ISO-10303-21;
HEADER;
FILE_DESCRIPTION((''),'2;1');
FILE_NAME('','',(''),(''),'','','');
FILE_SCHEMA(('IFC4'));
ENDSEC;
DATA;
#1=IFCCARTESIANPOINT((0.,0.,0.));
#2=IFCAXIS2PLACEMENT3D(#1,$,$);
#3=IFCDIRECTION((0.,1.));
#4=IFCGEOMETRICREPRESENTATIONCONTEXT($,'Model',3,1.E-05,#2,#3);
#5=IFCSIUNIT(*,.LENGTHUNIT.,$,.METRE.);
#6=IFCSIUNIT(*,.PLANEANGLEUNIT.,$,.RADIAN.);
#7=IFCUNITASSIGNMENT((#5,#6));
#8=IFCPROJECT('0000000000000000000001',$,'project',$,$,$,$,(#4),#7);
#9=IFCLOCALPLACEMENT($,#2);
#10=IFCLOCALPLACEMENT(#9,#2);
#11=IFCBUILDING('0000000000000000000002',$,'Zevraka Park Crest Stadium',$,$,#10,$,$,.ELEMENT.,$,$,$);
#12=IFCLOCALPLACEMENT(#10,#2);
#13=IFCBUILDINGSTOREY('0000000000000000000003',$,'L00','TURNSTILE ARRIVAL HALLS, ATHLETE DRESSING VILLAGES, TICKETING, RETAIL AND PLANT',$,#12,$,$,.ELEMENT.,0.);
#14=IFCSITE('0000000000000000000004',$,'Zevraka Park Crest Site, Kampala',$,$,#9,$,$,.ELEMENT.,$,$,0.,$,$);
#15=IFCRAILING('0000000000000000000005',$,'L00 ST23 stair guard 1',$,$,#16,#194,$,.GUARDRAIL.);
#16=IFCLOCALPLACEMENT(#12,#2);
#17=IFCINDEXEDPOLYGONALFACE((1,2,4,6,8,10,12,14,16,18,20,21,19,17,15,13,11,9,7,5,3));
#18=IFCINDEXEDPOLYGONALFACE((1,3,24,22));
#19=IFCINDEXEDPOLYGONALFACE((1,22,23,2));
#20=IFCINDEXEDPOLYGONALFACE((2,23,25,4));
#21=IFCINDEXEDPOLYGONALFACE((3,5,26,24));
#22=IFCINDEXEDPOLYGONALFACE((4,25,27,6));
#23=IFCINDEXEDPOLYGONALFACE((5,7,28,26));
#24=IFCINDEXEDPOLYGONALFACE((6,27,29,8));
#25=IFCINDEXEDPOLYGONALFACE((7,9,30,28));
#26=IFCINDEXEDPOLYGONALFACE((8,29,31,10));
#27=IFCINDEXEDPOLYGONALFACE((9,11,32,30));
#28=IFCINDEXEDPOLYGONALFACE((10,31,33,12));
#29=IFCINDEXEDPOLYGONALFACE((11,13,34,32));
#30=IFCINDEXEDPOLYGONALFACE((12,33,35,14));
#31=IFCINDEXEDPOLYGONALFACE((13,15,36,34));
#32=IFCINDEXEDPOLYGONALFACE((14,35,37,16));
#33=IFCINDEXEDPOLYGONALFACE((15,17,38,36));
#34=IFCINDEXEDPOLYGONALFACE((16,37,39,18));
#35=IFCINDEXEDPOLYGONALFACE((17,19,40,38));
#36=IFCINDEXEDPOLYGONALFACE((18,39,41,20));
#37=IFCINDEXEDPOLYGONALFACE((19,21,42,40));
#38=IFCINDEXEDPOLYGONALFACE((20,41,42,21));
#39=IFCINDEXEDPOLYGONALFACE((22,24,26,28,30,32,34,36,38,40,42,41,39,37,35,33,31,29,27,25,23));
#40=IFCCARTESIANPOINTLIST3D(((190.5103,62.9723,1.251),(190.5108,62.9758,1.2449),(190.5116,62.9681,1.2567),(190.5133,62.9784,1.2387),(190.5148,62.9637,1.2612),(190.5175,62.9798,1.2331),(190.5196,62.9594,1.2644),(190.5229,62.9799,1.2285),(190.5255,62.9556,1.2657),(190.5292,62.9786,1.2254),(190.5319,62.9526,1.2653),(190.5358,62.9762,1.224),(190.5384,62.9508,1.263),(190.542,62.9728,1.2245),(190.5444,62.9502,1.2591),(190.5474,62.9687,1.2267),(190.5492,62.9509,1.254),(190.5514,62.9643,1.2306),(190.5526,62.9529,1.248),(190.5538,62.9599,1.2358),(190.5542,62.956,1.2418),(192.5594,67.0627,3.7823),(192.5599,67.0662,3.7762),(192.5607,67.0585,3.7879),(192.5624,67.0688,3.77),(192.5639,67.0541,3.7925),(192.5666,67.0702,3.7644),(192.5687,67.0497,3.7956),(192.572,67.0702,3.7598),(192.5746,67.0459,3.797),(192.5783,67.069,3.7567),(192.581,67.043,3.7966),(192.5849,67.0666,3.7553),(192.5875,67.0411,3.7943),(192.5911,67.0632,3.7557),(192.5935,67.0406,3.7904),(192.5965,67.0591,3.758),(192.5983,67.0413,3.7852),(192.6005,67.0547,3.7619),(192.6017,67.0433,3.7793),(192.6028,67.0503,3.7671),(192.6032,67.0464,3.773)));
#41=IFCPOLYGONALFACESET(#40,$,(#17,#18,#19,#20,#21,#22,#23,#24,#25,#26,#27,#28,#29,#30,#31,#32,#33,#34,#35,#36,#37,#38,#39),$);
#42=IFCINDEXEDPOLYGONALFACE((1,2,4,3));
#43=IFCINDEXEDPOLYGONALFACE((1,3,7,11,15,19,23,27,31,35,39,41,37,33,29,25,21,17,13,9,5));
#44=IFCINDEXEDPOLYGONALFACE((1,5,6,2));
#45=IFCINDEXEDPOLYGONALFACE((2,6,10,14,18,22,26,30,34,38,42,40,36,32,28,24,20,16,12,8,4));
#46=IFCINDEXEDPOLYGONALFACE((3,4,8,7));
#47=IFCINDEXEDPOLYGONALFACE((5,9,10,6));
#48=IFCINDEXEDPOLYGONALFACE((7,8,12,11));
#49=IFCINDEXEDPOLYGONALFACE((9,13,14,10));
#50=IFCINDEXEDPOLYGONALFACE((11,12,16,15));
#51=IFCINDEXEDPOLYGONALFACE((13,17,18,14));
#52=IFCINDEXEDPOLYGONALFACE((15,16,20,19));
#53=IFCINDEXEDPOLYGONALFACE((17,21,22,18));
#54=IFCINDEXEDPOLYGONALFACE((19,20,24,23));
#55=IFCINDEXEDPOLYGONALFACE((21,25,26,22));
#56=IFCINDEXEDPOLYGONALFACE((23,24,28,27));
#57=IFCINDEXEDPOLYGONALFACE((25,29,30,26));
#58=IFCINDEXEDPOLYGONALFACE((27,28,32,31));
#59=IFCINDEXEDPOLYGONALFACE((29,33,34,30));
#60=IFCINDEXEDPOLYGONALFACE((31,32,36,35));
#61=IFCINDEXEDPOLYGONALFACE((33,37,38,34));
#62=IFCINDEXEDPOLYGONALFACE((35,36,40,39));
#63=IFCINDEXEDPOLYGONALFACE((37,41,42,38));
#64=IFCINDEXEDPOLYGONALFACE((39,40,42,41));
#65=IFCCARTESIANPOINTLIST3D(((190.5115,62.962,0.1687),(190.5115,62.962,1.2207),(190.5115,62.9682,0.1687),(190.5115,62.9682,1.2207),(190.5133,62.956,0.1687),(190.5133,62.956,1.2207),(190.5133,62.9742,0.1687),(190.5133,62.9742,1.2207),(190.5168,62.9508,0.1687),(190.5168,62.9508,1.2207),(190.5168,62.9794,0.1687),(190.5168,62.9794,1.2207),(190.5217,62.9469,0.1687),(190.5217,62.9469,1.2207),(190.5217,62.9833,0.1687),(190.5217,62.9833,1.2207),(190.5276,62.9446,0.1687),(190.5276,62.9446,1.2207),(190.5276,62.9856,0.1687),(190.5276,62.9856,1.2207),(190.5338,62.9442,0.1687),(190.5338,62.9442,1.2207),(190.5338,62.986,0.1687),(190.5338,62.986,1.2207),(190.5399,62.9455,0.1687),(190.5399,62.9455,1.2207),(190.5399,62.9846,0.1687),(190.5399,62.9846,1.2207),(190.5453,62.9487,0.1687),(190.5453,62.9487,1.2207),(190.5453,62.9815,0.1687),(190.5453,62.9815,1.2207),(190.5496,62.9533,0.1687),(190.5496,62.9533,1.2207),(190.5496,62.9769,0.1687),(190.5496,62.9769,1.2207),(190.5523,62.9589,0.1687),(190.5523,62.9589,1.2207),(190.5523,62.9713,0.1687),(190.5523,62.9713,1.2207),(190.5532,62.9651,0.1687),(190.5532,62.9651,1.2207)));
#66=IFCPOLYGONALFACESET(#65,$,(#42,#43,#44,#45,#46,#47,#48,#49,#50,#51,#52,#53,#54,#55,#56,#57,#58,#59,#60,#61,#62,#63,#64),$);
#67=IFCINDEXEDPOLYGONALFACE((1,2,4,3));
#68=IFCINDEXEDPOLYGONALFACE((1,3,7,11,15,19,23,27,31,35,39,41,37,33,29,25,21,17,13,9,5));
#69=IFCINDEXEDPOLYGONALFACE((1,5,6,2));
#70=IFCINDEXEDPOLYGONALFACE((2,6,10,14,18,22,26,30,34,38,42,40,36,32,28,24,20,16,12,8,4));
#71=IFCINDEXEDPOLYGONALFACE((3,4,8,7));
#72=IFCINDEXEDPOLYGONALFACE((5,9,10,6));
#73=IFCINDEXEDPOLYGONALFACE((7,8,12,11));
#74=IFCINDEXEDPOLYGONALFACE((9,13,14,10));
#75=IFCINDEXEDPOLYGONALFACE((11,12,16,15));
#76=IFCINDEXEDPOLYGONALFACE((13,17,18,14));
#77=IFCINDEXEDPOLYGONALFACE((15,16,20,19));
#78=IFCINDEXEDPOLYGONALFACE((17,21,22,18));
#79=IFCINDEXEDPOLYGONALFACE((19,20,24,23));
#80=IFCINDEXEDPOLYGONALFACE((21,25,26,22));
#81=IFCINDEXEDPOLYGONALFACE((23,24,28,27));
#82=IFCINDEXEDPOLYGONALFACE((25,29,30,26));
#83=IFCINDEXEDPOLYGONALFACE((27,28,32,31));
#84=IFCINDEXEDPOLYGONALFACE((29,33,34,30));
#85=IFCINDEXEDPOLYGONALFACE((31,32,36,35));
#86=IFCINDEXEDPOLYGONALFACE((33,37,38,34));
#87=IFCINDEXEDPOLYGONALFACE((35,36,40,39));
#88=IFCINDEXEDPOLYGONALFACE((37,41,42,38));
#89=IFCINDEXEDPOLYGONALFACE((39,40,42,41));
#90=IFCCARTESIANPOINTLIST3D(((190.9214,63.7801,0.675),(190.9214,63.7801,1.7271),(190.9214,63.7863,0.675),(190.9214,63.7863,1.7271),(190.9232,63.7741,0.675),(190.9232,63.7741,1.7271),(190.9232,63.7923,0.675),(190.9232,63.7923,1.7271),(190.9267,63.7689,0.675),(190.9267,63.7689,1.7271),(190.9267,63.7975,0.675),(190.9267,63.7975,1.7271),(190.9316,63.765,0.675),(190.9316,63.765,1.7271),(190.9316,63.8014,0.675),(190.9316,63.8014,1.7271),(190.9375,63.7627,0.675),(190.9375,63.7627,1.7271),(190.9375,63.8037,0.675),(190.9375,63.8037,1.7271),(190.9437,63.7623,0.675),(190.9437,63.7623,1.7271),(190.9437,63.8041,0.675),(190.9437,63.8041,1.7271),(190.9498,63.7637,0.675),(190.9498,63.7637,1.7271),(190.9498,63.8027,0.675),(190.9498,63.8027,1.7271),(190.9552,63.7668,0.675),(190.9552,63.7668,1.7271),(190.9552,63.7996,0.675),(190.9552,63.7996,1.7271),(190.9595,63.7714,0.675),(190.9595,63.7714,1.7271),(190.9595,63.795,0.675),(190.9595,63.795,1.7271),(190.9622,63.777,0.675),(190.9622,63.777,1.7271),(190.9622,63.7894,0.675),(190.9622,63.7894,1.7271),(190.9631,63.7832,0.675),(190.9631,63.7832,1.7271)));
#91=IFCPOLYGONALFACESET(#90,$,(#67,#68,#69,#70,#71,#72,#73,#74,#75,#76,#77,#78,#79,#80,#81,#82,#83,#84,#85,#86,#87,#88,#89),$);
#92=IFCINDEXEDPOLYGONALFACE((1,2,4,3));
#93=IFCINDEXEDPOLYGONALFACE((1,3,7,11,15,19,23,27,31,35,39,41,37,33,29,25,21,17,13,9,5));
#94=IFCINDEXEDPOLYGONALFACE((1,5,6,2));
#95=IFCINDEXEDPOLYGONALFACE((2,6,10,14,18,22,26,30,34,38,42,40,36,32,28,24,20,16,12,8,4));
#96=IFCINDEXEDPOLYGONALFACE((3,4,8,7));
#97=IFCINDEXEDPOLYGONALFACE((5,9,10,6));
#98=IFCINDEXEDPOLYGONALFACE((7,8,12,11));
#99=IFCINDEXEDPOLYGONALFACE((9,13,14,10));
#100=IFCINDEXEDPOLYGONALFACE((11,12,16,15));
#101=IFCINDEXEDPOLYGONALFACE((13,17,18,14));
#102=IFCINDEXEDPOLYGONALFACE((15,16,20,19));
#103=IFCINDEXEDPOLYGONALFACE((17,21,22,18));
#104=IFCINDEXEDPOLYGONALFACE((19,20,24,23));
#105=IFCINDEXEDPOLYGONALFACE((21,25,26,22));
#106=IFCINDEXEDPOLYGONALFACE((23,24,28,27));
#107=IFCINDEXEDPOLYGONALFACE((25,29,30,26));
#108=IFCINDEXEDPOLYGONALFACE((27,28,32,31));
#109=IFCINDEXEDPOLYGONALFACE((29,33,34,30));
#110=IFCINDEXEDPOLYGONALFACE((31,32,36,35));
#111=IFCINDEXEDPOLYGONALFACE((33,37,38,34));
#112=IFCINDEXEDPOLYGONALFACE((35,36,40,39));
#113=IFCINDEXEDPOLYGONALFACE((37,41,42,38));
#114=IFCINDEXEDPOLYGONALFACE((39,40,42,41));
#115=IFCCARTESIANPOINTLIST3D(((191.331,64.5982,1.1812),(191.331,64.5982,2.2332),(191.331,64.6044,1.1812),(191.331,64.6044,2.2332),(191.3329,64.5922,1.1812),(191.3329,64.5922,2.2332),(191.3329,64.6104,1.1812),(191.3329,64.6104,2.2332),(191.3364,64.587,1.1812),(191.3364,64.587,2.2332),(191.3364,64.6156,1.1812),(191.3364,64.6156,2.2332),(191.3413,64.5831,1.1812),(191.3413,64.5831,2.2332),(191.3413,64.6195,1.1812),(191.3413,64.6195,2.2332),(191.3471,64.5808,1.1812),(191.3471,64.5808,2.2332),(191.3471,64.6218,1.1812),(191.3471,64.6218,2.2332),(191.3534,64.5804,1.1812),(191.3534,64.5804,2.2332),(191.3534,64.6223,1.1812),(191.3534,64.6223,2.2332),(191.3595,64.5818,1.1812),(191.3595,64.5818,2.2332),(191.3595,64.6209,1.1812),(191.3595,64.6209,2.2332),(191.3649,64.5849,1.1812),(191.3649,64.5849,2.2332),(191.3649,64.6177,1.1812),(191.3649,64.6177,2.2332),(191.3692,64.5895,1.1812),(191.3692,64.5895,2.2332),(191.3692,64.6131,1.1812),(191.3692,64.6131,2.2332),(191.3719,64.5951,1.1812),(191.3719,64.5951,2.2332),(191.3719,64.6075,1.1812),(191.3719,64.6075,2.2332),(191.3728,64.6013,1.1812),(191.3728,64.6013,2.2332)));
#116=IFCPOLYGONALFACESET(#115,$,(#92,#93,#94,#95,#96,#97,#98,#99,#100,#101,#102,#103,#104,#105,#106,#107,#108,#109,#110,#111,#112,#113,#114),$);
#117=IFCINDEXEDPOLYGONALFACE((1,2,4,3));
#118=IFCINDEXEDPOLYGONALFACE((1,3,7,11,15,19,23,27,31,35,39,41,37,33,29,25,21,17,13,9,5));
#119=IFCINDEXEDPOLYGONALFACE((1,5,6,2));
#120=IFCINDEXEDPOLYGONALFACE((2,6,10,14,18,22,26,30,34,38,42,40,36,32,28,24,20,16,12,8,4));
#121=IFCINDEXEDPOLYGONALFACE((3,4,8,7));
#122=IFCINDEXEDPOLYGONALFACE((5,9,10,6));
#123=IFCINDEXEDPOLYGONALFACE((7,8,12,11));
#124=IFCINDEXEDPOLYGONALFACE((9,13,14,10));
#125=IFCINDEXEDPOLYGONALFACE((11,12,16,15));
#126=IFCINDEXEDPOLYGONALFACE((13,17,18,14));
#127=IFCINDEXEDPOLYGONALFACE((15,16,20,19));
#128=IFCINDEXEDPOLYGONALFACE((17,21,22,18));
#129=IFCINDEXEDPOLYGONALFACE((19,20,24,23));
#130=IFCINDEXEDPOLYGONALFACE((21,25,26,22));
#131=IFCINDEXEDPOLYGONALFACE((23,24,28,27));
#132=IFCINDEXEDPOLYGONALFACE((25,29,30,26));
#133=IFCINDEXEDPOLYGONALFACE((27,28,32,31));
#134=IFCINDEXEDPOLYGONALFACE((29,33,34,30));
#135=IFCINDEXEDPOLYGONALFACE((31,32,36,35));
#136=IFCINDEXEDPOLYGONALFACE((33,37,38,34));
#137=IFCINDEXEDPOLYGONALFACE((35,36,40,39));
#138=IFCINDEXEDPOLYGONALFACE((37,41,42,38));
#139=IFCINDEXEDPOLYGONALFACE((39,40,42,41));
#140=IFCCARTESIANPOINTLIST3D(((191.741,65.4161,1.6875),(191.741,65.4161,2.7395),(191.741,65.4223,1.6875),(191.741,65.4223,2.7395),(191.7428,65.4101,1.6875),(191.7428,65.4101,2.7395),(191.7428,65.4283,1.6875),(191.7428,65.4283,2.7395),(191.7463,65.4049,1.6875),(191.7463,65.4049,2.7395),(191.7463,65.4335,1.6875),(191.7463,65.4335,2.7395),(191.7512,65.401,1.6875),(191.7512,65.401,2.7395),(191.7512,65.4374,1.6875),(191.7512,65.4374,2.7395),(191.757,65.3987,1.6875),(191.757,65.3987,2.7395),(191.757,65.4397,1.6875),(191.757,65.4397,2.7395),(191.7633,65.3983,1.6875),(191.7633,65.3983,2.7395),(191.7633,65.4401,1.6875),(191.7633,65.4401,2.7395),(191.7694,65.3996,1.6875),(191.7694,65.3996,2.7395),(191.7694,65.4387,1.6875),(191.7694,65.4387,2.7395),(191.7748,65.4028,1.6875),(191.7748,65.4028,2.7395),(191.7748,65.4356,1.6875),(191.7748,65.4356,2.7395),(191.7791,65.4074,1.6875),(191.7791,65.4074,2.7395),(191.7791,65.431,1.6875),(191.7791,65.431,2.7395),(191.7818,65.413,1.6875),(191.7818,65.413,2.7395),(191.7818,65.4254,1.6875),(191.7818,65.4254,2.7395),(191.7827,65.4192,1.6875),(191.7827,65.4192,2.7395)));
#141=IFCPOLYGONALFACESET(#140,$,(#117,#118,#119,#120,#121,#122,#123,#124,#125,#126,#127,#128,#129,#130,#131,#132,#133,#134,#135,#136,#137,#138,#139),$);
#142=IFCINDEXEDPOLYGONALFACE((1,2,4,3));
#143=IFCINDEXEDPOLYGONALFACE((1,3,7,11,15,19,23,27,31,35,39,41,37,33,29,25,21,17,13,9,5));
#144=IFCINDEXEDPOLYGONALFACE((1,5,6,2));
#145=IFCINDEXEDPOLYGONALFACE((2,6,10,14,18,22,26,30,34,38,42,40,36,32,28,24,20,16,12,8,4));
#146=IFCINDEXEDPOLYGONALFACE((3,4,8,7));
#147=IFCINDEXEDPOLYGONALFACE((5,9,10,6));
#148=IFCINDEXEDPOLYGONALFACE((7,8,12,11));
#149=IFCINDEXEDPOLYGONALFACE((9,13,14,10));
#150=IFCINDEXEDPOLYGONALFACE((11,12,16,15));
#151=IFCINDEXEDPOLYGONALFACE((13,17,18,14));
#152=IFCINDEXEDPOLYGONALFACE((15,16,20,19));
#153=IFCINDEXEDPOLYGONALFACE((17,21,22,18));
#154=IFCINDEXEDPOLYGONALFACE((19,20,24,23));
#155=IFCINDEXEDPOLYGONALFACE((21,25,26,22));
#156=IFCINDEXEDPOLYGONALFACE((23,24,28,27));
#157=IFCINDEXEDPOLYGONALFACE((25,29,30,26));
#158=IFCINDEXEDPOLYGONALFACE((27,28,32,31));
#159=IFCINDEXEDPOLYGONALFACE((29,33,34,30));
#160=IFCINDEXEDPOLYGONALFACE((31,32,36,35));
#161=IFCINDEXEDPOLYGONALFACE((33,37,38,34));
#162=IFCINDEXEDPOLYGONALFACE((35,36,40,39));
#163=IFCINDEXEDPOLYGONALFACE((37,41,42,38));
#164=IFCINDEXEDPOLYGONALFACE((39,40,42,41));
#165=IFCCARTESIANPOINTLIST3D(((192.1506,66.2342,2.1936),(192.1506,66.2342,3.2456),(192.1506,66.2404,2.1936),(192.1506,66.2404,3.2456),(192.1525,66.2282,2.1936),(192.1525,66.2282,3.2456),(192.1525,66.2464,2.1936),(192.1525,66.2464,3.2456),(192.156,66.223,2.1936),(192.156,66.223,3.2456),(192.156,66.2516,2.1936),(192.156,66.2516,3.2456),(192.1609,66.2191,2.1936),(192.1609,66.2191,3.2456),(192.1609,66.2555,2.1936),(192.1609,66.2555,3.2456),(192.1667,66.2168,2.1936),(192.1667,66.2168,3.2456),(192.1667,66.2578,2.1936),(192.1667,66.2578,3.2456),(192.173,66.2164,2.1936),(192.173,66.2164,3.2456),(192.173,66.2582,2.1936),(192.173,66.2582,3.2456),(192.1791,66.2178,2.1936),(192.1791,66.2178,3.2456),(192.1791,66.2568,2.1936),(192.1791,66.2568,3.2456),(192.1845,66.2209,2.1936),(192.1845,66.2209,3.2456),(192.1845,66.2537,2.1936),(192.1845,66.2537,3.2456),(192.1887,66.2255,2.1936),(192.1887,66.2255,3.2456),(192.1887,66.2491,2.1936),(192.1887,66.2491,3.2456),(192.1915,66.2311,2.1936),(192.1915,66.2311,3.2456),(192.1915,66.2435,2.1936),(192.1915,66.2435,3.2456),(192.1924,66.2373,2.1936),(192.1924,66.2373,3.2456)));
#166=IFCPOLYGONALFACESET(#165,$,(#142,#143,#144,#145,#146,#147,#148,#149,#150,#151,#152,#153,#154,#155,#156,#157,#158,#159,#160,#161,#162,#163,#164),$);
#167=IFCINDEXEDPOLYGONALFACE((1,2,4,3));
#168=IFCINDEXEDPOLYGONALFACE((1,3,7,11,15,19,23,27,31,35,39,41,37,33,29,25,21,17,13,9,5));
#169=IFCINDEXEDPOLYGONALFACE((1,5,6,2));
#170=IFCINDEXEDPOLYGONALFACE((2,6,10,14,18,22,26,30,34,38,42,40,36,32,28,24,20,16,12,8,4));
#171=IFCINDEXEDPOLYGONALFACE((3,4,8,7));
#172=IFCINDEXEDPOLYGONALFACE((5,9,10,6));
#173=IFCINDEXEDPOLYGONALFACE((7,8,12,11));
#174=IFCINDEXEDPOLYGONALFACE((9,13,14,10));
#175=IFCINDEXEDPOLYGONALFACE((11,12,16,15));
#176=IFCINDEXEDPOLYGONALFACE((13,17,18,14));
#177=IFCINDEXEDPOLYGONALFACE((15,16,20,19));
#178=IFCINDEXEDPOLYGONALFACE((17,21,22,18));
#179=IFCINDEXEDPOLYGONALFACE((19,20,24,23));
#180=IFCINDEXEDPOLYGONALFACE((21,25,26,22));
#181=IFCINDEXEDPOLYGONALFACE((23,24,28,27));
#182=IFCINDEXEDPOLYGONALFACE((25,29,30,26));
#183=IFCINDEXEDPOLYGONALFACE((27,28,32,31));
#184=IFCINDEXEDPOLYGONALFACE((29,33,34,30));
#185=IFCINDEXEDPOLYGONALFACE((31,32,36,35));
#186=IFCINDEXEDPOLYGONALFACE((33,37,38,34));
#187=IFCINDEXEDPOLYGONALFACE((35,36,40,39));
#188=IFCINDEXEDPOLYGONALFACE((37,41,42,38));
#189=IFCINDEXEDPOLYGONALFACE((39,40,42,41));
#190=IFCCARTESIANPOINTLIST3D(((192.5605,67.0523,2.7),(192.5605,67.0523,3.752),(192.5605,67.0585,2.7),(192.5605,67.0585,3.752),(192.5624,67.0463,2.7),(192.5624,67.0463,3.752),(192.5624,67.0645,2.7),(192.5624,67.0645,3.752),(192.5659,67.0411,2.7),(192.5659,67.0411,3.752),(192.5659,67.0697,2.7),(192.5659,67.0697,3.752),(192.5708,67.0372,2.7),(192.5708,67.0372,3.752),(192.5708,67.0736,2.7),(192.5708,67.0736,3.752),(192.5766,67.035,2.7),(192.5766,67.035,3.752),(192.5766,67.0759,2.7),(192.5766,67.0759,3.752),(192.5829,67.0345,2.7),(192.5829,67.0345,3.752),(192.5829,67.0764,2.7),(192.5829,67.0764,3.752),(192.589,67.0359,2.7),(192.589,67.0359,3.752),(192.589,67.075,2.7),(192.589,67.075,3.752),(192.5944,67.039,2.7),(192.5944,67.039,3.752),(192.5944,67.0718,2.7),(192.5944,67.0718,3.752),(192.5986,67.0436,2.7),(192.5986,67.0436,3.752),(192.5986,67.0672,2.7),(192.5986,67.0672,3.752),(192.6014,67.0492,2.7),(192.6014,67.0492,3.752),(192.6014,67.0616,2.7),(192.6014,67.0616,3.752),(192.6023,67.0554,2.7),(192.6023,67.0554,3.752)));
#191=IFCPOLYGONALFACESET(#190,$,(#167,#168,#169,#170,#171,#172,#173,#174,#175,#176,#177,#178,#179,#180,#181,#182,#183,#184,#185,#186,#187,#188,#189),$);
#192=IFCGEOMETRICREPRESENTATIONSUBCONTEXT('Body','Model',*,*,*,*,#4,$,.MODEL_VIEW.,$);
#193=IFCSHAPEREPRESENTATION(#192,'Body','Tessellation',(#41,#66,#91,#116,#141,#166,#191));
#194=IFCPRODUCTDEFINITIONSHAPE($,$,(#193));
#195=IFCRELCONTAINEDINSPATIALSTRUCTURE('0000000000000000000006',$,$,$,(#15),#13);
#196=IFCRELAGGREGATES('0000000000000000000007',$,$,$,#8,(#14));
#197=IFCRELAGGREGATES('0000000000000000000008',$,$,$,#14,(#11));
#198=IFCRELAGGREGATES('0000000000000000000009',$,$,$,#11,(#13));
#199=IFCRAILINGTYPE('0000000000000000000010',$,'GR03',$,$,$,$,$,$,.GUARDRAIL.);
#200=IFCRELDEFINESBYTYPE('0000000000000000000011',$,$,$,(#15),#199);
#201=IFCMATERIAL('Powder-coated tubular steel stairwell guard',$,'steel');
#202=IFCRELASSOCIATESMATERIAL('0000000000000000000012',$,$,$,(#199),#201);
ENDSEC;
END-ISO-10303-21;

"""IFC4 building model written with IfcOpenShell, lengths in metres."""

from ifc_helpers import new_model, si_unit, direction, frame, origin, origin_2d, place, context, subcontext, project, spatial, circle, extrude, material, type_object, element, save


model = new_model("IFC4")

# Units and contexts
model_context = context("Model", 3, precision=1e-05, world=origin(), true_north=direction((0.0, 1.0)))
body_context = subcontext(model_context, "Body", "Model", "MODEL_VIEW")
ifc_project = project(units=[si_unit("LENGTHUNIT", "METRE"), si_unit("PLANEANGLEUNIT", "RADIAN")], contexts=[model_context])

# Site, building, storey
site_placement = place(None, origin())
site = spatial("IfcSite", under=ifc_project, at=site_placement, Name="Zevraka Park Crest Site, Kampala", CompositionType="ELEMENT", RefElevation=0.0)
building_placement = place(site_placement, origin())
building = spatial("IfcBuilding", under=site, at=building_placement, Name="Zevraka Park Crest Stadium", CompositionType="ELEMENT")
storey_placement = place(building_placement, origin())
storey = spatial("IfcBuildingStorey", under=building, at=storey_placement, Name="L00", Description="TURNSTILE ARRIVAL HALLS, ATHLETE DRESSING VILLAGES, TICKETING, RETAIL AND PLANT", CompositionType="ELEMENT", Elevation=0.0)

# Railing
ifc_material_1 = material(Name="Powder-coated tubular steel stairwell guard", Category="steel")
railing_type_1 = type_object("IfcRailingType", Name="GR03", PredefinedType="GUARDRAIL", material=ifc_material_1)
railing_1_placement = place(storey_placement, frame((190.5322, 62.9651, 0.1687)))
element("IfcRailing", 1, at=railing_1_placement, inside=storey, type_object=railing_type_1, Name="L00 ST23 stair guard 1", PredefinedType="GUARDRAIL", context=body_context, shape_type="SweptSolid", body=[
    extrude(circle(Radius=0.0239, at=origin_2d()), frame((0.0, 0.0, 1.0762), z_axis=(0.391908, 0.782321, 0.48413), x_axis=(-0.894085, 0.447897, 0.0)), (0.0, 0.0, 1.0), 5.2285),
    extrude(circle(Radius=0.021, at=origin_2d()), origin(), (0.0, 0.0, 1.0), 1.052),
    extrude(circle(Radius=0.021, at=origin_2d()), frame((0.4099, 0.8181, 0.5063)), (0.0, 0.0, 1.0), 1.052),
    extrude(circle(Radius=0.021, at=origin_2d()), frame((0.8196, 1.6362, 1.0125)), (0.0, 0.0, 1.0), 1.052),
    extrude(circle(Radius=0.021, at=origin_2d()), frame((1.2295, 2.4541, 1.5188)), (0.0, 0.0, 1.0), 1.052),
    extrude(circle(Radius=0.021, at=origin_2d()), frame((1.6392, 3.2722, 2.0249)), (0.0, 0.0, 1.0), 1.052),
    extrude(circle(Radius=0.021, at=origin_2d()), frame((2.0491, 4.0903, 2.5312)), (0.0, 0.0, 1.0), 1.052),
])

save(model, "model.ifc")
